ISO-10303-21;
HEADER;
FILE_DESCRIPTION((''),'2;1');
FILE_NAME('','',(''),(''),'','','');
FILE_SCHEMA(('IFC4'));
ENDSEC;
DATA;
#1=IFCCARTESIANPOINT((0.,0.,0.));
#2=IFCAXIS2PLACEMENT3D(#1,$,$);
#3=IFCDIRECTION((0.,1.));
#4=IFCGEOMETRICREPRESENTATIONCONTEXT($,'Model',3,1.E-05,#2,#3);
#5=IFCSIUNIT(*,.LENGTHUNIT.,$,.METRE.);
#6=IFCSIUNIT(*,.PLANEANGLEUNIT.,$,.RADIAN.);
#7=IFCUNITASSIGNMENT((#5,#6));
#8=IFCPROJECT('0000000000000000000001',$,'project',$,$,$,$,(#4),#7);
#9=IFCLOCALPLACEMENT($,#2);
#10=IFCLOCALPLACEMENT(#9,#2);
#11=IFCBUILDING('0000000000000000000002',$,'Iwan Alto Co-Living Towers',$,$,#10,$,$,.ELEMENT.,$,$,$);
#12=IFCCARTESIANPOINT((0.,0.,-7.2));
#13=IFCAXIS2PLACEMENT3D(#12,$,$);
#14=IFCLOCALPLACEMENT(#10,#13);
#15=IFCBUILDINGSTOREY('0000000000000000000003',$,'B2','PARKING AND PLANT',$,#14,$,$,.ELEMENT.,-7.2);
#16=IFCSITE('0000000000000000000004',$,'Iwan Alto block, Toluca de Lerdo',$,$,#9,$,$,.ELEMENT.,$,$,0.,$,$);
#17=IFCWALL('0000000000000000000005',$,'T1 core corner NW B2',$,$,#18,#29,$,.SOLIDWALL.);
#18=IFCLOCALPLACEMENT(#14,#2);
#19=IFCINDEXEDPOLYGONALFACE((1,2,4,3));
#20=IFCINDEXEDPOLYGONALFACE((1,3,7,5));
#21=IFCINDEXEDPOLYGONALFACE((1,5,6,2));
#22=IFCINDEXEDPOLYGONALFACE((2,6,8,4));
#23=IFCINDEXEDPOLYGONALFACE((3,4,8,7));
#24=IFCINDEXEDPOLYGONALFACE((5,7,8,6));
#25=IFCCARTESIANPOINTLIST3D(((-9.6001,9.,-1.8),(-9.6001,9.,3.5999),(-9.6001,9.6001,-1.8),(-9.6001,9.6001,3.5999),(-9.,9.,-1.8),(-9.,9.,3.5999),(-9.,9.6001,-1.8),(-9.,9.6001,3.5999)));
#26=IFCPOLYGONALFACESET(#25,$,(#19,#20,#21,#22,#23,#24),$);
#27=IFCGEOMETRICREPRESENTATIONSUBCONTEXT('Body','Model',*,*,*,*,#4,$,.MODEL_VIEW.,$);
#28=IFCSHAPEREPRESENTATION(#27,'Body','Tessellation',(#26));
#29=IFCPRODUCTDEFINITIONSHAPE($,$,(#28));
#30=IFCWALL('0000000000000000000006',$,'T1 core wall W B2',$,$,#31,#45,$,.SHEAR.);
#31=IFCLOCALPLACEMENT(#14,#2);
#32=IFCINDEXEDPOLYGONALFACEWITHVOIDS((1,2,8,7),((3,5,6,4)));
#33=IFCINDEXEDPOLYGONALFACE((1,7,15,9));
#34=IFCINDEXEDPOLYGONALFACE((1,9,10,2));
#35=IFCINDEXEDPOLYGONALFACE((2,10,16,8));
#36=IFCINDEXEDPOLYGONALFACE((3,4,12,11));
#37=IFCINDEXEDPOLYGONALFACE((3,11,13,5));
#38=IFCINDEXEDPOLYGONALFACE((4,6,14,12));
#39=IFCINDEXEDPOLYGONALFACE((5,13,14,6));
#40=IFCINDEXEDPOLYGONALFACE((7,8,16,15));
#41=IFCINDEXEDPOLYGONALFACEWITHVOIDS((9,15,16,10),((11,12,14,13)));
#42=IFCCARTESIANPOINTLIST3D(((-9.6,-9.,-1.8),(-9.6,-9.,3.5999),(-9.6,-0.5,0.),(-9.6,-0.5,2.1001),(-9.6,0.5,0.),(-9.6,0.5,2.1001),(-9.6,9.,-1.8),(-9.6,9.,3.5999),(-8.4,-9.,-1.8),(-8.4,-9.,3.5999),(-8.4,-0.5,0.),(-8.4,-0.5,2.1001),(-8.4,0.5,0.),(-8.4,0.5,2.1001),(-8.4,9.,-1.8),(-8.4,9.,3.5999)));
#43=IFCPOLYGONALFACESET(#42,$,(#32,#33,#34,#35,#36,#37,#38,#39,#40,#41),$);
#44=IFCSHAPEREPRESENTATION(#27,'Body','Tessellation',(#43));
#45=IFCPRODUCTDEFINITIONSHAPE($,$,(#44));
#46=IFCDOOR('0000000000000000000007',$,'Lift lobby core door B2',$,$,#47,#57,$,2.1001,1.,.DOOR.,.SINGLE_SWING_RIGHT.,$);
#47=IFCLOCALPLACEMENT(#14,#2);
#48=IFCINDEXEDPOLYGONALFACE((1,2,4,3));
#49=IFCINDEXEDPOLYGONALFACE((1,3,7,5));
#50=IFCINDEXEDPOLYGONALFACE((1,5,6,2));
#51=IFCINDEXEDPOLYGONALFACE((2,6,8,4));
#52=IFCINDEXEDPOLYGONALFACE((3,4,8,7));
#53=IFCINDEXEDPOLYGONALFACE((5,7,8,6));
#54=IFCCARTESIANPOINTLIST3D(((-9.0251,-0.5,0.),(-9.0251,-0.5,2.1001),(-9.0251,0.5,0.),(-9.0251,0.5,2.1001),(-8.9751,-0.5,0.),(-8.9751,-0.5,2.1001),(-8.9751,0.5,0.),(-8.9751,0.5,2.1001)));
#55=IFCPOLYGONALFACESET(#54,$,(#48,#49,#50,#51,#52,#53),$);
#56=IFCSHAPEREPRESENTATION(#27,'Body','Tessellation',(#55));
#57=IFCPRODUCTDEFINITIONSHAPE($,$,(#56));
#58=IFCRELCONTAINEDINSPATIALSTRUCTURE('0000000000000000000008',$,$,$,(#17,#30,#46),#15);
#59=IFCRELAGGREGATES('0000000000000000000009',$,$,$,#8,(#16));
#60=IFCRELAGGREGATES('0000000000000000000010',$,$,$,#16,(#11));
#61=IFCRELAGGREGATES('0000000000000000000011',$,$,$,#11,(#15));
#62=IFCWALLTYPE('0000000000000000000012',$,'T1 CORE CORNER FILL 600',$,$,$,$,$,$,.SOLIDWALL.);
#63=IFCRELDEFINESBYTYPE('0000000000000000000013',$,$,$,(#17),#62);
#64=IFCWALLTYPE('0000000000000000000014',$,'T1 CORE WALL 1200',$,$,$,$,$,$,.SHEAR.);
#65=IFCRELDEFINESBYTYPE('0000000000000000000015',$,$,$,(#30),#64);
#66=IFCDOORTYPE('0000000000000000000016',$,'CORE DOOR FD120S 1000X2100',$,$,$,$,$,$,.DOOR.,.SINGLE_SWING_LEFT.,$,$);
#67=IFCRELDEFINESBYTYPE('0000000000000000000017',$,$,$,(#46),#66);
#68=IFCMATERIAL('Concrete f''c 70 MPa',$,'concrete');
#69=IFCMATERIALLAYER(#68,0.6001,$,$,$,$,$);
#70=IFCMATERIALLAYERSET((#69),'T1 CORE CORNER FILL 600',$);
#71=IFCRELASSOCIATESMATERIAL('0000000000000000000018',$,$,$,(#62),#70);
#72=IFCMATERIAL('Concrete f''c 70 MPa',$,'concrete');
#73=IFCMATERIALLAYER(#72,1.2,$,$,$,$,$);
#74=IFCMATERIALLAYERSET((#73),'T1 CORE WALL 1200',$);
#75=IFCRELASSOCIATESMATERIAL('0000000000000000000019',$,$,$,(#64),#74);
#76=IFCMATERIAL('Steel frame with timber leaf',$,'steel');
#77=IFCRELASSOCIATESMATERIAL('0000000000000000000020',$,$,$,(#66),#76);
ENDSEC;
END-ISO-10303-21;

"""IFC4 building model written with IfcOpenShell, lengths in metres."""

from ifc_helpers import new_model, si_unit, direction, frame, frame_2d, origin, place, context, subcontext, project, spatial, rectangle, extrude, material, layer, layer_set, type_object, element, fill, save


model = new_model("IFC4")

# Units and contexts
model_context = context("Model", 3, precision=1e-05, world=origin(), true_north=direction((0.0, 1.0)))
body_context = subcontext(model_context, "Body", "Model", "MODEL_VIEW")
ifc_project = project(units=[si_unit("LENGTHUNIT", "METRE"), si_unit("PLANEANGLEUNIT", "RADIAN")], contexts=[model_context])

# Site, building, storey
site_placement = place(None, origin())
site = spatial("IfcSite", under=ifc_project, at=site_placement, Name="Iwan Alto block, Toluca de Lerdo", CompositionType="ELEMENT", RefElevation=0.0)
building_placement = place(site_placement, origin())
building = spatial("IfcBuilding", under=site, at=building_placement, Name="Iwan Alto Co-Living Towers", CompositionType="ELEMENT")
storey_placement = place(building_placement, frame((0.0, 0.0, -7.2)))
storey = spatial("IfcBuildingStorey", under=building, at=storey_placement, Name="B2", Description="PARKING AND PLANT", CompositionType="ELEMENT", Elevation=-7.2)

# Wall
ifc_material_1 = material(Name="Concrete f'c 70 MPa", Category="concrete")
ifc_layer_1 = layer(ifc_material_1, 0.6001)
ifc_layer_set_1 = layer_set([ifc_layer_1], Name="T1 CORE CORNER FILL 600")
wall_type_1 = type_object("IfcWallType", Name="T1 CORE CORNER FILL 600", PredefinedType="SOLIDWALL", material=ifc_layer_set_1)
wall_1_placement = place(storey_placement, frame((-9.6001, 9.3, -1.8), z_axis=(0.0, 0.0, 1.0), x_axis=(1.0, 0.0, 0.0)))
element("IfcWall", 1, at=wall_1_placement, inside=storey, type_object=wall_type_1, Name="T1 core corner NW B2", PredefinedType="SOLIDWALL", context=body_context, shape_type="SweptSolid", body=[
    extrude(rectangle(XDim=0.6001, YDim=0.6001, at=frame_2d((0.3, 0.0))), origin(), (0.0, 0.0, 1.0), 5.3999),
])

# Wall, opening, door
ifc_material_2 = material(Name="Concrete f'c 70 MPa", Category="concrete")
ifc_layer_2 = layer(ifc_material_2, 1.2)
ifc_layer_set_2 = layer_set([ifc_layer_2], Name="T1 CORE WALL 1200")
wall_type_2 = type_object("IfcWallType", Name="T1 CORE WALL 1200", PredefinedType="SHEAR", material=ifc_layer_set_2)
wall_2_placement = place(storey_placement, frame((-9.0, 9.0, -1.8), z_axis=(0.0, 0.0, 1.0), x_axis=(0.0, -1.0, 0.0)))
wall_2 = element("IfcWall", 2, at=wall_2_placement, inside=storey, type_object=wall_type_2, Name="T1 core wall W B2", PredefinedType="SHEAR", context=body_context, shape_type="SweptSolid", body=[
    extrude(rectangle(XDim=18.0, YDim=1.2, at=frame_2d((9.0, 0.0))), origin(), (0.0, 0.0, 1.0), 5.3999),
])
opening_1_placement = place(wall_2_placement, frame((8.5, 0.0, 1.8)))
opening_1 = element("IfcOpeningElement", 3, at=opening_1_placement, cuts=wall_2, PredefinedType="OPENING", context=body_context, shape_type="SweptSolid", body=[
    extrude(rectangle(XDim=1.0, YDim=2.1001, at=frame_2d((0.5, 1.05))), frame((0.0, 0.6099, 0.0), z_axis=(0.0, -1.0, 0.0), x_axis=(1.0, 0.0, 0.0)), (0.0, 0.0, 1.0), 1.22),
])
ifc_material_3 = material(Name="Steel frame with timber leaf", Category="steel")
door_type_1 = type_object("IfcDoorType", Name="CORE DOOR FD120S 1000X2100", OperationType="SINGLE_SWING_LEFT", PredefinedType="DOOR", material=ifc_material_3)
door_1_placement = place(opening_1_placement, origin())
door_1 = element("IfcDoor", 4, at=door_1_placement, inside=storey, type_object=door_type_1, Name="Lift lobby core door B2", OperationType="SINGLE_SWING_RIGHT", OverallHeight=2.1001, OverallWidth=1.0, PredefinedType="DOOR", context=body_context, shape_type="SweptSolid", body=[
    extrude(rectangle(XDim=1.0, YDim=2.1001, at=frame_2d((0.5, 1.05))), frame((0.0, 0.0249, 0.0), z_axis=(0.0, -1.0, 0.0), x_axis=(1.0, 0.0, 0.0)), (0.0, 0.0, 1.0), 0.05),
])
fill(opening_1, door_1)

save(model, "model.ifc")
